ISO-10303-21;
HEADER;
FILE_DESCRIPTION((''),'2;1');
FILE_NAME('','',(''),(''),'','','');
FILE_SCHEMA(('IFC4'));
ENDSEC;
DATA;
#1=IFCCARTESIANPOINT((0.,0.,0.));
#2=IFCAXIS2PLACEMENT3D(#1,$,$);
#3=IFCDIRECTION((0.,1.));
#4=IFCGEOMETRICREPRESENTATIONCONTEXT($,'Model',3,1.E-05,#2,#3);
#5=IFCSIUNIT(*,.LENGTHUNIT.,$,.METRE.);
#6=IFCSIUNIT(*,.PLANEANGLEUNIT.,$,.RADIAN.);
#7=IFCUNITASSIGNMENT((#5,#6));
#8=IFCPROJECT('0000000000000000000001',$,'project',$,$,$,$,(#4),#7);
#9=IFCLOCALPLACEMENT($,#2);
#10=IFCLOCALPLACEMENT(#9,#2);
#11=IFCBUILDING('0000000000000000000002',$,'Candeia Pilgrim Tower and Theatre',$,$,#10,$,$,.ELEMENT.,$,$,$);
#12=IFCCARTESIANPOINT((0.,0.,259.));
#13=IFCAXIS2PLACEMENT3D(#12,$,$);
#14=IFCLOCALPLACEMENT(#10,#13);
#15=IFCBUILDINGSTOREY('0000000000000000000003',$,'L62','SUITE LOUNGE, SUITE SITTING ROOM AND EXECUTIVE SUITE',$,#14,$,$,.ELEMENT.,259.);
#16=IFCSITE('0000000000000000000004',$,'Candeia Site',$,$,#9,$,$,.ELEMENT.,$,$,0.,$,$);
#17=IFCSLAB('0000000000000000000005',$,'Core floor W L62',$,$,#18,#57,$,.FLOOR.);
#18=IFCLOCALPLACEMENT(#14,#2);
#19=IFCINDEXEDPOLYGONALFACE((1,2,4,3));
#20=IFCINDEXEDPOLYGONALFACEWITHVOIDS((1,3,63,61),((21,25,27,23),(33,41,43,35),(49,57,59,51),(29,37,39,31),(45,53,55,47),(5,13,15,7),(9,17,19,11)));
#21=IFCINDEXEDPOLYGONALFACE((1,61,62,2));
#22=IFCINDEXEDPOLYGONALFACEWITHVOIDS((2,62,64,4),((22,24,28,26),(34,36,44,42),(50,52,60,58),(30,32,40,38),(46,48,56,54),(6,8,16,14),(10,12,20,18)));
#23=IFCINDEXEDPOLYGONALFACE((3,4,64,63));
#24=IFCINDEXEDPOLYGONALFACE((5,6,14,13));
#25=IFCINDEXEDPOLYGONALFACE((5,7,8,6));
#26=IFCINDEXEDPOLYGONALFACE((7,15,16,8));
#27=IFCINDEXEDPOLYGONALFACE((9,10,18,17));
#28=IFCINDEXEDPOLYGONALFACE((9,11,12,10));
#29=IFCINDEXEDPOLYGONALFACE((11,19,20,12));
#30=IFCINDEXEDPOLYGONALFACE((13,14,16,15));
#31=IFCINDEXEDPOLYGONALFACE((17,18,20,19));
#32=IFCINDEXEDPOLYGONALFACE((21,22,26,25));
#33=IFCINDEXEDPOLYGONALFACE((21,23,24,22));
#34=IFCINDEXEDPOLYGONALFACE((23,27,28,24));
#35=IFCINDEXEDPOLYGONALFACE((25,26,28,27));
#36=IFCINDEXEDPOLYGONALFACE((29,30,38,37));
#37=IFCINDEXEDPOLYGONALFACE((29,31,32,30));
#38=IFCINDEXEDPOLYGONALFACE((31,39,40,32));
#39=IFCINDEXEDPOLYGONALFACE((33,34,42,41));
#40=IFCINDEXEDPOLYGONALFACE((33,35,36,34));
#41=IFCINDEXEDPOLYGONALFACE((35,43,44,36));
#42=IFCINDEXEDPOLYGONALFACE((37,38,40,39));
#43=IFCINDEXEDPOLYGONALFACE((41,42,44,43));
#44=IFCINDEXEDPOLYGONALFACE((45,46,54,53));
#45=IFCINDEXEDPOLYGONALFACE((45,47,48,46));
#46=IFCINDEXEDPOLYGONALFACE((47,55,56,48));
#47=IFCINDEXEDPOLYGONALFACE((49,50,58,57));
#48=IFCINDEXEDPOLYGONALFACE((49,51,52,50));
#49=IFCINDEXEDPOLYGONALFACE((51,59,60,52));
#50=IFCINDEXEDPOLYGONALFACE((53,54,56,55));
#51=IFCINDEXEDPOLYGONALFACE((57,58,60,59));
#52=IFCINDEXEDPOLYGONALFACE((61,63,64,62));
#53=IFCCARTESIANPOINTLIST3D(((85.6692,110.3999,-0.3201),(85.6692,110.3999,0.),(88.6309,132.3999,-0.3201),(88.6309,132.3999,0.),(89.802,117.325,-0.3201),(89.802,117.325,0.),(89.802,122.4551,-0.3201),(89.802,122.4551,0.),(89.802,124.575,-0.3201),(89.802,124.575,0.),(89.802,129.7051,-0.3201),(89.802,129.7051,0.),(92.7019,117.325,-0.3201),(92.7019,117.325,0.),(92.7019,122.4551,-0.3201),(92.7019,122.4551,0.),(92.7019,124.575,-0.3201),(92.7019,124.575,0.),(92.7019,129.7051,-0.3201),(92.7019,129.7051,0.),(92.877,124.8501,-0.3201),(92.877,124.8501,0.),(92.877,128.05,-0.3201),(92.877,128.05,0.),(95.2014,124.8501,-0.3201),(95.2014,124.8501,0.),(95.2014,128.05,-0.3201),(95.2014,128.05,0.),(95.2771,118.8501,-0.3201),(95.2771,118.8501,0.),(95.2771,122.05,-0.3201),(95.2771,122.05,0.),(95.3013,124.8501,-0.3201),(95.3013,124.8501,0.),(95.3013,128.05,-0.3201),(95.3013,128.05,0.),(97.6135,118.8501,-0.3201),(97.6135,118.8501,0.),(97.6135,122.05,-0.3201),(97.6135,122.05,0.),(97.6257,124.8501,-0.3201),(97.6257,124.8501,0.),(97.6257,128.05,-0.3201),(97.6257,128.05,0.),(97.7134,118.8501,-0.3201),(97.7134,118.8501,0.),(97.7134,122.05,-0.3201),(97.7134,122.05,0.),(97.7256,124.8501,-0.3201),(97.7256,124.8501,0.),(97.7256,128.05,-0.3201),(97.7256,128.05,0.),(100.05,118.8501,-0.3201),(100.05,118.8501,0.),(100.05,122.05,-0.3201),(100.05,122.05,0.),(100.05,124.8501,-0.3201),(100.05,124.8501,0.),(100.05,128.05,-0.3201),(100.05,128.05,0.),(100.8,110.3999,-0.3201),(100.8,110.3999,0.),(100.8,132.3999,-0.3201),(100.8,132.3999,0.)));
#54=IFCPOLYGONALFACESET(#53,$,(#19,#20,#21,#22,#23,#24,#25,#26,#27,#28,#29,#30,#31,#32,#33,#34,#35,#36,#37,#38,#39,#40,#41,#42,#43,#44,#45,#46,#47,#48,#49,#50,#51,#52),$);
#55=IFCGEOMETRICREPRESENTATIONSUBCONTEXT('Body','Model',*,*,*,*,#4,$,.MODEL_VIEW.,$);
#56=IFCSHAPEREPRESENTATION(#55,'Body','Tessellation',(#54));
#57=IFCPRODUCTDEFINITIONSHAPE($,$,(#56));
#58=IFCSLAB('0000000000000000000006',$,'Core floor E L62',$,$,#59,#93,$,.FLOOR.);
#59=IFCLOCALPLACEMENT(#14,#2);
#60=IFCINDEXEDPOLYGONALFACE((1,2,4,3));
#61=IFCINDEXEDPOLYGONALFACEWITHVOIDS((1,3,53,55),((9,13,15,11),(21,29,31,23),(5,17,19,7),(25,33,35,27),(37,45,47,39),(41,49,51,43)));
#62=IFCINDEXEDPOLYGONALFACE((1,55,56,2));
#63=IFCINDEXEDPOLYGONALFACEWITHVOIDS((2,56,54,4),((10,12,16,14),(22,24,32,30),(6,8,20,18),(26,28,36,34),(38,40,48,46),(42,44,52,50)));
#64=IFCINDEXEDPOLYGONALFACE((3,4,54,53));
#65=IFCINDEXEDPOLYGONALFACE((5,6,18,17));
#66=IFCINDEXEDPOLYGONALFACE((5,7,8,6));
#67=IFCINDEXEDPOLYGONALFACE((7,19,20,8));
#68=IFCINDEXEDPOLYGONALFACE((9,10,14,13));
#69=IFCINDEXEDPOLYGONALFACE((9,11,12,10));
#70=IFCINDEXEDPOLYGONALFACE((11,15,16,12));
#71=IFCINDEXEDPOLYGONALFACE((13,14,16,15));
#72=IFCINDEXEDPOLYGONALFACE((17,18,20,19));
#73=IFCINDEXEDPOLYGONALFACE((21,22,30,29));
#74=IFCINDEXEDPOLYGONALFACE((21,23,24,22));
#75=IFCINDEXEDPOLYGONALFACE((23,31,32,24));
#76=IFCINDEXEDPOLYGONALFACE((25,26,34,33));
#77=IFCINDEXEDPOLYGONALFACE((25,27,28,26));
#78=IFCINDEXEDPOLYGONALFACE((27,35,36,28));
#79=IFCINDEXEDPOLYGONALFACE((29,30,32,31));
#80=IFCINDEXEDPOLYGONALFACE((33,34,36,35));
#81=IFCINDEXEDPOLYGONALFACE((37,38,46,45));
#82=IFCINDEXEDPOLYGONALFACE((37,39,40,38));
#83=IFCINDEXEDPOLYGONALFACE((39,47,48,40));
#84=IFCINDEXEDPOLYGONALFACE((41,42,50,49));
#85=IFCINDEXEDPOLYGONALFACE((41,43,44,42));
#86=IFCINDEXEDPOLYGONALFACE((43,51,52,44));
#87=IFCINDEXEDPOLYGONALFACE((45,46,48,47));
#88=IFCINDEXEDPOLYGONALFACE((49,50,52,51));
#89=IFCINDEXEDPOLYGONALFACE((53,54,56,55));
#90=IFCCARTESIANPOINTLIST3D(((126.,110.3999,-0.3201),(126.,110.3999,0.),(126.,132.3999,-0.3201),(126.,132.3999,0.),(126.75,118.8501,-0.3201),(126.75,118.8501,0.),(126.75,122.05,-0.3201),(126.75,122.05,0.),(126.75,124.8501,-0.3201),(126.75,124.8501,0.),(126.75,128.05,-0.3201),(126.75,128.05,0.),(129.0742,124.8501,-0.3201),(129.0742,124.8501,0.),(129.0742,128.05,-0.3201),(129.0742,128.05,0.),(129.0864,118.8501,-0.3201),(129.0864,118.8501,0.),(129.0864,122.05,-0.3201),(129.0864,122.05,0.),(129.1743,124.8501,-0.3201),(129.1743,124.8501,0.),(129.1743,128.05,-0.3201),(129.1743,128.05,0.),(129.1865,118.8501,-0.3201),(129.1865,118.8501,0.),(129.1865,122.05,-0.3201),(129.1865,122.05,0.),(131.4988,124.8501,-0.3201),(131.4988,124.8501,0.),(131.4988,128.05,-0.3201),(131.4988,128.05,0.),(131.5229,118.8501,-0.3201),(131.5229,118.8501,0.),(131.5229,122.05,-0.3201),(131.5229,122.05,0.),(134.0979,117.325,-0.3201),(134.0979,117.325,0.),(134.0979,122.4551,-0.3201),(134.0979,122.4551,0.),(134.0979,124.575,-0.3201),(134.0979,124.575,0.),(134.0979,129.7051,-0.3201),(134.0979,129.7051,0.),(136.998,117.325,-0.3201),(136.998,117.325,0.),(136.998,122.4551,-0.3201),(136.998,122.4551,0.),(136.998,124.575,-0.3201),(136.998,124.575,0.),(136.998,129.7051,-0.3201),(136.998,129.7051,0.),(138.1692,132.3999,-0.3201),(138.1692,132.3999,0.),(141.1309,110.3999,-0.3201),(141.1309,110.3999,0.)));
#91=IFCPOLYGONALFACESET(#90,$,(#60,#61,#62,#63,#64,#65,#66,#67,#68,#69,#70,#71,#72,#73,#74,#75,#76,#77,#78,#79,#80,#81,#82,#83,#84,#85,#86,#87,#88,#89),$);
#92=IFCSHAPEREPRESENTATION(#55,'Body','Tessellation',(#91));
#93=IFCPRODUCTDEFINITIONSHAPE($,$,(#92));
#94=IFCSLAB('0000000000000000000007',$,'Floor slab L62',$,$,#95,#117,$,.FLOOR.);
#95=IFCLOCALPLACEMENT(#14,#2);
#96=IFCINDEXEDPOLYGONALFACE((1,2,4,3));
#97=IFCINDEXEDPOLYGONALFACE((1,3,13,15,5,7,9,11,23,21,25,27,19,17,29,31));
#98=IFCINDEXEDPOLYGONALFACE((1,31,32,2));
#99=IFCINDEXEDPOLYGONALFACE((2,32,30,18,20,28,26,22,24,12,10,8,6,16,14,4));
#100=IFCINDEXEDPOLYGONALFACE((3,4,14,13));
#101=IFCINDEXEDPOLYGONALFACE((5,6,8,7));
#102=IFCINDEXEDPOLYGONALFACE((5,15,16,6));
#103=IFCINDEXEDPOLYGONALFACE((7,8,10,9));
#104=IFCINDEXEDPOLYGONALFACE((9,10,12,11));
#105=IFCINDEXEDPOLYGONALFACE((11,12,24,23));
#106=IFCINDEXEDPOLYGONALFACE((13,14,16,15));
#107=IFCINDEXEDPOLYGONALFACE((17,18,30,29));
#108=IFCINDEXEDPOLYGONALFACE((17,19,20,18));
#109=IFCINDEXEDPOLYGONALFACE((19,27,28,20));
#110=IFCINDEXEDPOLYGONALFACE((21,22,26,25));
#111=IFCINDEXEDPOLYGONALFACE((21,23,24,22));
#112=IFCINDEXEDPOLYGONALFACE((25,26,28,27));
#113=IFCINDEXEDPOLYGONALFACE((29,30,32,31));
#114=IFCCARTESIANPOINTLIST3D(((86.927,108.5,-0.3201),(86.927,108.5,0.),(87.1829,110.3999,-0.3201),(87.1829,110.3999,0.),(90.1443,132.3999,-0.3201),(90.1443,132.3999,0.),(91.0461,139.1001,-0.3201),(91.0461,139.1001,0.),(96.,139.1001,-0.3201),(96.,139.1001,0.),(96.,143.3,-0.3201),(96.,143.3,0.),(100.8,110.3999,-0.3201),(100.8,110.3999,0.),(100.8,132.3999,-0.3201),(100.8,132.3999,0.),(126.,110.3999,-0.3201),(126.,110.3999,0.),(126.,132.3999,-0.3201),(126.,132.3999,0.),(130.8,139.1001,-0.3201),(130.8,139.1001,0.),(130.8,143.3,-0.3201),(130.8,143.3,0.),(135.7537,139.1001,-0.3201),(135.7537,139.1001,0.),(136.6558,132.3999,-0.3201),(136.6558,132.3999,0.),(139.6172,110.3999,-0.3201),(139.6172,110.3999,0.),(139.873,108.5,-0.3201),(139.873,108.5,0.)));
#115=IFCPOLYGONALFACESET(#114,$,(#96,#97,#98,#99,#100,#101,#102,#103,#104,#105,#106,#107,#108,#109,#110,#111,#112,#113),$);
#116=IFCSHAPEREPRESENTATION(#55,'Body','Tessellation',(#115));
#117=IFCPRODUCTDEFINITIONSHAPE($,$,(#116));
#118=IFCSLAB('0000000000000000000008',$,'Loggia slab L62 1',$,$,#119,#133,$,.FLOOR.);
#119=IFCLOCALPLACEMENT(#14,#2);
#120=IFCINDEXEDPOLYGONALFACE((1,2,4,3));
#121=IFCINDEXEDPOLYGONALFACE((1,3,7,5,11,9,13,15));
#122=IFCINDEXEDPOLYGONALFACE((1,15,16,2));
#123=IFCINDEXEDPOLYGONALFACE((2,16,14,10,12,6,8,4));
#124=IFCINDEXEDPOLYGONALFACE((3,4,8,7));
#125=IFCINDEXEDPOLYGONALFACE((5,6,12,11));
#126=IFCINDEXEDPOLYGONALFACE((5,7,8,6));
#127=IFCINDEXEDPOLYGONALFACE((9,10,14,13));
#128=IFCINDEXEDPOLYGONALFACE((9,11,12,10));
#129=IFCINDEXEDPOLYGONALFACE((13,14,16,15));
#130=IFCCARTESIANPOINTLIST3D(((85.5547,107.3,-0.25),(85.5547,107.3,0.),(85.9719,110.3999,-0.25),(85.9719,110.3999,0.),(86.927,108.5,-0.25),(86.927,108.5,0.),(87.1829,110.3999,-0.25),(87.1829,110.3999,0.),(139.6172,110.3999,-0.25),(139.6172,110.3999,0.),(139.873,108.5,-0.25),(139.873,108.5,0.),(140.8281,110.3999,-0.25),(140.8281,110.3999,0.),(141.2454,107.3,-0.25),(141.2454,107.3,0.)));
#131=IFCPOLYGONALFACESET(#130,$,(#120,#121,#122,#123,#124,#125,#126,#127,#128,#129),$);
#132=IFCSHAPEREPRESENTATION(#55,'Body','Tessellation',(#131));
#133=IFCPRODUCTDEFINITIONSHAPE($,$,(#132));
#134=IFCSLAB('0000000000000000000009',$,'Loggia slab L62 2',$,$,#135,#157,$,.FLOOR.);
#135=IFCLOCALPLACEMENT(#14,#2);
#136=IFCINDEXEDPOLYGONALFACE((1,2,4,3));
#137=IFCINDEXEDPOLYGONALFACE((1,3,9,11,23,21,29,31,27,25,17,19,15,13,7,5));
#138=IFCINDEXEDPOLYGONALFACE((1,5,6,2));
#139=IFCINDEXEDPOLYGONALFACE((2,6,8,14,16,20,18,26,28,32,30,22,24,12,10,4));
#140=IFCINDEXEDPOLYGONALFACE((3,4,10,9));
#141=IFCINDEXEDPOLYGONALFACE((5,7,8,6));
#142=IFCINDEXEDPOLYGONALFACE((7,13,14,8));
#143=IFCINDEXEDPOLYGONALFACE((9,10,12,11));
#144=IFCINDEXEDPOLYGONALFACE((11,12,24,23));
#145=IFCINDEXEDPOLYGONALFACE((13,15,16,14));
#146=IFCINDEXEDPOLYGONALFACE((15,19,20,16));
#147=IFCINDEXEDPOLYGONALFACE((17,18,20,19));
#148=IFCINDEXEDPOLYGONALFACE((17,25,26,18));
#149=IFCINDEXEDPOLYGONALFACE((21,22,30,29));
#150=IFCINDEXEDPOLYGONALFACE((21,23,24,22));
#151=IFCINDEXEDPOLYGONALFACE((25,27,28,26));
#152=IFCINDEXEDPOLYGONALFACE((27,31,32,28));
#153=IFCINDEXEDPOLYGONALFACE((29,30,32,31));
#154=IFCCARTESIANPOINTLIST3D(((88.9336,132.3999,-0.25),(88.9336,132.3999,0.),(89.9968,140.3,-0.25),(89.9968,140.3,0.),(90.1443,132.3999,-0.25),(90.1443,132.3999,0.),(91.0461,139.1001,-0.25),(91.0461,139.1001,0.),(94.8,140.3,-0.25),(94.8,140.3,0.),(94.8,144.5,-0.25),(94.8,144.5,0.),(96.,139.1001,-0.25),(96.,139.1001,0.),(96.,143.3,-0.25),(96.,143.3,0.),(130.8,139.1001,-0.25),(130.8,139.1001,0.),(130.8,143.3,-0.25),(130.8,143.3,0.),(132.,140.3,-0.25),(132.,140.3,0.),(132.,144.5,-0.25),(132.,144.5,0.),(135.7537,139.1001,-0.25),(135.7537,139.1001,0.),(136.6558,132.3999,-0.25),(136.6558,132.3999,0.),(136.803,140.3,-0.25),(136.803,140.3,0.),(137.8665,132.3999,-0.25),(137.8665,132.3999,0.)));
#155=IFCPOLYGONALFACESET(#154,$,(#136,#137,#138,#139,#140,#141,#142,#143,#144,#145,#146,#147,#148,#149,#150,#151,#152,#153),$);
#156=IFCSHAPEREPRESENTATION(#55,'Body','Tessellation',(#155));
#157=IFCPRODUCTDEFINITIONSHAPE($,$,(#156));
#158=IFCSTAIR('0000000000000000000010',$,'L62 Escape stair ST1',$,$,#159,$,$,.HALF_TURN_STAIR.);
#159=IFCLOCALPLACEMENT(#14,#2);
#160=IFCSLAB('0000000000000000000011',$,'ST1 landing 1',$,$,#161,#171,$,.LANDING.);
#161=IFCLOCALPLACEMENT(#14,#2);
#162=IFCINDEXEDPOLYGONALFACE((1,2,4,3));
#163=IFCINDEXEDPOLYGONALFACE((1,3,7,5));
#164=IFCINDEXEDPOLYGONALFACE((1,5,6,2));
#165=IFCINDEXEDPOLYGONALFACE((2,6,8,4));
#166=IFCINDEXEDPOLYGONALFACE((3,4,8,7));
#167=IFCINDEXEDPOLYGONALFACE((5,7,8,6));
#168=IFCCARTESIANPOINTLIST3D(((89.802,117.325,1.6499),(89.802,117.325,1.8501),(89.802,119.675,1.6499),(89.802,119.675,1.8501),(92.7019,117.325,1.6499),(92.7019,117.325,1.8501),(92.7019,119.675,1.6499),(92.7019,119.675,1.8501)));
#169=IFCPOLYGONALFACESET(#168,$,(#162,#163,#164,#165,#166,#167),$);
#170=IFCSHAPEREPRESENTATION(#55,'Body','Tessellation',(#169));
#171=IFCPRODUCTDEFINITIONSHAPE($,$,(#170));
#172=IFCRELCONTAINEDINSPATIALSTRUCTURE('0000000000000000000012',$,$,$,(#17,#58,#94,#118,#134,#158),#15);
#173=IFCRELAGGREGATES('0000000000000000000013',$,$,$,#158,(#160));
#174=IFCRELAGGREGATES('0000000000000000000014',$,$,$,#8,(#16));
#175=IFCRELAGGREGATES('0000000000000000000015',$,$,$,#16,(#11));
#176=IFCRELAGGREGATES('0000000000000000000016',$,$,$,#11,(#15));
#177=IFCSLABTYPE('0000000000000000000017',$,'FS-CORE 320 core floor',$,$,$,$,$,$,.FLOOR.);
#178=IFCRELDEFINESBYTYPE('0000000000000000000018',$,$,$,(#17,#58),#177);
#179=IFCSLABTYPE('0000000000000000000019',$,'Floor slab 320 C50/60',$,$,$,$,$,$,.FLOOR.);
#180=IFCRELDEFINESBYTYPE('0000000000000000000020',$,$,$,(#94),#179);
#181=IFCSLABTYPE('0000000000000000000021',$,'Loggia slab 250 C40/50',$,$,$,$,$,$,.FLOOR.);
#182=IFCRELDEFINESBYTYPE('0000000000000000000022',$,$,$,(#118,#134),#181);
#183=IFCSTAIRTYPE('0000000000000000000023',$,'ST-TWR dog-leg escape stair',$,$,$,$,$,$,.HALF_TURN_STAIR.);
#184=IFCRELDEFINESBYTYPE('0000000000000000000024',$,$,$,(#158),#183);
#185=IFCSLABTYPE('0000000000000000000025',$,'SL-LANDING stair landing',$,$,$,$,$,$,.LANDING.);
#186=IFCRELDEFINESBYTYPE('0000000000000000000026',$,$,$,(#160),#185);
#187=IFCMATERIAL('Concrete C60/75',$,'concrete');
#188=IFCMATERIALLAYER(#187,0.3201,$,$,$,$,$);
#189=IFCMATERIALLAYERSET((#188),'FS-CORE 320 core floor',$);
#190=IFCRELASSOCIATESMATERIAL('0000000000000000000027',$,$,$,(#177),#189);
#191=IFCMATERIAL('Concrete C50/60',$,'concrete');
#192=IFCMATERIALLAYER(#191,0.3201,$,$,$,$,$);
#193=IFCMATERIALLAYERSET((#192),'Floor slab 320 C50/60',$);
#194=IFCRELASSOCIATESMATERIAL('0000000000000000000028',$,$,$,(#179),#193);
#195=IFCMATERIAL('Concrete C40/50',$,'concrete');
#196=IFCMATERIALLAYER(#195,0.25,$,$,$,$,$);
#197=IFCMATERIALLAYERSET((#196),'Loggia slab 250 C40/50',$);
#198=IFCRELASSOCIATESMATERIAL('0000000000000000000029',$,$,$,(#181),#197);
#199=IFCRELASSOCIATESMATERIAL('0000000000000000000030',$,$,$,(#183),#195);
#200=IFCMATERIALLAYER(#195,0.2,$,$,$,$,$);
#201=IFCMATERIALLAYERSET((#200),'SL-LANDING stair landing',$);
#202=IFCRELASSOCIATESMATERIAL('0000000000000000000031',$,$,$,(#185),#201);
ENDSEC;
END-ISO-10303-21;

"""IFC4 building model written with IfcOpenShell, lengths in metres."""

from ifc_helpers import new_model, si_unit, direction, frame, origin, place, context, subcontext, project, spatial, polyline, outline, extrude, material, layer, layer_set, type_object, element, aggregate, save


model = new_model("IFC4")

# Units and contexts
model_context = context("Model", 3, precision=1e-05, world=origin(), true_north=direction((0.0, 1.0)))
body_context = subcontext(model_context, "Body", "Model", "MODEL_VIEW")
ifc_project = project(units=[si_unit("LENGTHUNIT", "METRE"), si_unit("PLANEANGLEUNIT", "RADIAN")], contexts=[model_context])

# Site, building, storey
site_placement = place(None, origin())
site = spatial("IfcSite", under=ifc_project, at=site_placement, Name="Candeia Site", CompositionType="ELEMENT", RefElevation=0.0)
building_placement = place(site_placement, origin())
building = spatial("IfcBuilding", under=site, at=building_placement, Name="Candeia Pilgrim Tower and Theatre", CompositionType="ELEMENT")
storey_placement = place(building_placement, frame((0.0, 0.0, 259.0)))
storey = spatial("IfcBuildingStorey", under=building, at=storey_placement, Name="L62", Description="SUITE LOUNGE, SUITE SITTING ROOM AND EXECUTIVE SUITE", CompositionType="ELEMENT", Elevation=259.0)

# Shared definitions
ifc_material_1 = material(Name="Concrete C40/50", Category="concrete")

# Slabs
ifc_material_2 = material(Name="Concrete C60/75", Category="concrete")
ifc_layer_1 = layer(ifc_material_2, 0.3201)
ifc_layer_set_1 = layer_set([ifc_layer_1], Name="FS-CORE 320 core floor")
slab_type_1 = type_object("IfcSlabType", Name="FS-CORE 320 core floor", PredefinedType="FLOOR", material=ifc_layer_set_1)
slab_1_placement = place(storey_placement, frame((0.0, 0.0, -0.3201)))
element("IfcSlab", 1, at=slab_1_placement, inside=storey, type_object=slab_type_1, Name="Core floor W L62", PredefinedType="FLOOR", context=body_context, shape_type="SweptSolid", body=[
    extrude(outline(polyline([(100.8, 132.3999), (100.8, 110.3999), (85.6692, 110.3999), (88.6309, 132.3999), (100.8, 132.3999)]), holes=[polyline([(97.7134, 122.05), (97.7134, 118.8501), (100.05, 118.8501), (100.05, 122.05), (97.7134, 122.05)]), polyline([(97.7256, 128.05), (97.7256, 124.8501), (100.05, 124.8501), (100.05, 128.05), (97.7256, 128.05)]), polyline([(95.3013, 128.05), (95.3013, 124.8501), (97.6257, 124.8501), (97.6257, 128.05), (95.3013, 128.05)]), polyline([(95.2771, 122.05), (95.2771, 118.8501), (97.6135, 118.8501), (97.6135, 122.05), (95.2771, 122.05)]), polyline([(92.877, 128.05), (92.877, 124.8501), (95.2014, 124.8501), (95.2014, 128.05), (92.877, 128.05)]), polyline([(89.802, 117.325), (92.7019, 117.325), (92.7019, 122.4551), (89.802, 122.4551), (89.802, 117.325)]), polyline([(89.802, 129.7051), (89.802, 124.575), (92.7019, 124.575), (92.7019, 129.7051), (89.802, 129.7051)])]), origin(), (0.0, 0.0, 1.0), 0.3201),
])
slab_2_placement = place(storey_placement, frame((0.0, 0.0, -0.3201)))
element("IfcSlab", 2, at=slab_2_placement, inside=storey, type_object=slab_type_1, Name="Core floor E L62", PredefinedType="FLOOR", context=body_context, shape_type="SweptSolid", body=[
    extrude(outline(polyline([(138.1692, 132.3999), (141.1309, 110.3999), (126.0, 110.3999), (126.0, 132.3999), (138.1692, 132.3999)]), holes=[polyline([(134.0979, 117.325), (136.998, 117.325), (136.998, 122.4551), (134.0979, 122.4551), (134.0979, 117.325)]), polyline([(134.0979, 129.7051), (134.0979, 124.575), (136.998, 124.575), (136.998, 129.7051), (134.0979, 129.7051)]), polyline([(131.5229, 122.05), (129.1865, 122.05), (129.1865, 118.8501), (131.5229, 118.8501), (131.5229, 122.05)]), polyline([(131.4988, 128.05), (129.1743, 128.05), (129.1743, 124.8501), (131.4988, 124.8501), (131.4988, 128.05)]), polyline([(129.0864, 122.05), (126.75, 122.05), (126.75, 118.8501), (129.0864, 118.8501), (129.0864, 122.05)]), polyline([(126.75, 128.05), (126.75, 124.8501), (129.0742, 124.8501), (129.0742, 128.05), (126.75, 128.05)])]), origin(), (0.0, 0.0, 1.0), 0.3201),
])
ifc_material_3 = material(Name="Concrete C50/60", Category="concrete")
ifc_layer_2 = layer(ifc_material_3, 0.3201)
ifc_layer_set_2 = layer_set([ifc_layer_2], Name="Floor slab 320 C50/60")
slab_type_2 = type_object("IfcSlabType", Name="Floor slab 320 C50/60", PredefinedType="FLOOR", material=ifc_layer_set_2)
slab_3_placement = place(storey_placement, frame((0.0, 0.0, -0.3201)))
element("IfcSlab", 3, at=slab_3_placement, inside=storey, type_object=slab_type_2, Name="Floor slab L62", PredefinedType="FLOOR", context=body_context, shape_type="SweptSolid", body=[
    extrude(outline(polyline([(96.0, 139.1001), (96.0, 143.3), (130.8, 143.3), (130.8, 139.1001), (135.7537, 139.1001), (136.6558, 132.3999), (126.0, 132.3999), (126.0, 110.3999), (139.6172, 110.3999), (139.873, 108.5), (86.927, 108.5), (87.1829, 110.3999), (100.8, 110.3999), (100.8, 132.3999), (90.1443, 132.3999), (91.0461, 139.1001), (96.0, 139.1001)])), origin(), (0.0, 0.0, 1.0), 0.3201),
])
ifc_layer_3 = layer(ifc_material_1, 0.25)
ifc_layer_set_3 = layer_set([ifc_layer_3], Name="Loggia slab 250 C40/50")
slab_type_3 = type_object("IfcSlabType", Name="Loggia slab 250 C40/50", PredefinedType="FLOOR", material=ifc_layer_set_3)
slab_4_placement = place(storey_placement, frame((0.0, 0.0, -0.25)))
element("IfcSlab", 4, at=slab_4_placement, inside=storey, type_object=slab_type_3, Name="Loggia slab L62 1", PredefinedType="FLOOR", context=body_context, shape_type="SweptSolid", body=[
    extrude(outline(polyline([(86.927, 108.5), (139.873, 108.5), (139.6172, 110.3999), (140.8281, 110.3999), (141.2454, 107.3), (85.5547, 107.3), (85.9719, 110.3999), (87.1829, 110.3999), (86.927, 108.5)])), origin(), (0.0, 0.0, 1.0), 0.25),
])
slab_5_placement = place(storey_placement, frame((0.0, 0.0, -0.25)))
element("IfcSlab", 5, at=slab_5_placement, inside=storey, type_object=slab_type_3, Name="Loggia slab L62 2", PredefinedType="FLOOR", context=body_context, shape_type="SweptSolid", body=[
    extrude(outline(polyline([(136.6558, 132.3999), (135.7537, 139.1001), (130.8, 139.1001), (130.8, 143.3), (96.0, 143.3), (96.0, 139.1001), (91.0461, 139.1001), (90.1443, 132.3999), (88.9336, 132.3999), (89.9968, 140.3), (94.8, 140.3), (94.8, 144.5), (132.0, 144.5), (132.0, 140.3), (136.803, 140.3), (137.8665, 132.3999), (136.6558, 132.3999)])), origin(), (0.0, 0.0, 1.0), 0.25),
])

# Stair, slab
stair_type = type_object("IfcStairType", Name="ST-TWR dog-leg escape stair", PredefinedType="HALF_TURN_STAIR", material=ifc_material_1)
stair_1_placement = place(storey_placement, origin())
stair_1 = element("IfcStair", 6, at=stair_1_placement, inside=storey, type_object=stair_type, Name="L62 Escape stair ST1", PredefinedType="HALF_TURN_STAIR")
ifc_layer_4 = layer(ifc_material_1, 0.2)
ifc_layer_set_4 = layer_set([ifc_layer_4], Name="SL-LANDING stair landing")
slab_type_4 = type_object("IfcSlabType", Name="SL-LANDING stair landing", PredefinedType="LANDING", material=ifc_layer_set_4)
slab_6_placement = place(storey_placement, frame((0.0, 0.0, 1.6499)))
slab_6 = element("IfcSlab", 7, at=slab_6_placement, type_object=slab_type_4, Name="ST1 landing 1", PredefinedType="LANDING", context=body_context, shape_type="SweptSolid", body=[
    extrude(outline(polyline([(89.802, 119.675), (89.802, 117.325), (92.7019, 117.325), (92.7019, 119.675), (89.802, 119.675)])), origin(), (0.0, 0.0, 1.0), 0.2002),
])
aggregate(stair_1, [slab_6])

save(model, "model.ifc")
